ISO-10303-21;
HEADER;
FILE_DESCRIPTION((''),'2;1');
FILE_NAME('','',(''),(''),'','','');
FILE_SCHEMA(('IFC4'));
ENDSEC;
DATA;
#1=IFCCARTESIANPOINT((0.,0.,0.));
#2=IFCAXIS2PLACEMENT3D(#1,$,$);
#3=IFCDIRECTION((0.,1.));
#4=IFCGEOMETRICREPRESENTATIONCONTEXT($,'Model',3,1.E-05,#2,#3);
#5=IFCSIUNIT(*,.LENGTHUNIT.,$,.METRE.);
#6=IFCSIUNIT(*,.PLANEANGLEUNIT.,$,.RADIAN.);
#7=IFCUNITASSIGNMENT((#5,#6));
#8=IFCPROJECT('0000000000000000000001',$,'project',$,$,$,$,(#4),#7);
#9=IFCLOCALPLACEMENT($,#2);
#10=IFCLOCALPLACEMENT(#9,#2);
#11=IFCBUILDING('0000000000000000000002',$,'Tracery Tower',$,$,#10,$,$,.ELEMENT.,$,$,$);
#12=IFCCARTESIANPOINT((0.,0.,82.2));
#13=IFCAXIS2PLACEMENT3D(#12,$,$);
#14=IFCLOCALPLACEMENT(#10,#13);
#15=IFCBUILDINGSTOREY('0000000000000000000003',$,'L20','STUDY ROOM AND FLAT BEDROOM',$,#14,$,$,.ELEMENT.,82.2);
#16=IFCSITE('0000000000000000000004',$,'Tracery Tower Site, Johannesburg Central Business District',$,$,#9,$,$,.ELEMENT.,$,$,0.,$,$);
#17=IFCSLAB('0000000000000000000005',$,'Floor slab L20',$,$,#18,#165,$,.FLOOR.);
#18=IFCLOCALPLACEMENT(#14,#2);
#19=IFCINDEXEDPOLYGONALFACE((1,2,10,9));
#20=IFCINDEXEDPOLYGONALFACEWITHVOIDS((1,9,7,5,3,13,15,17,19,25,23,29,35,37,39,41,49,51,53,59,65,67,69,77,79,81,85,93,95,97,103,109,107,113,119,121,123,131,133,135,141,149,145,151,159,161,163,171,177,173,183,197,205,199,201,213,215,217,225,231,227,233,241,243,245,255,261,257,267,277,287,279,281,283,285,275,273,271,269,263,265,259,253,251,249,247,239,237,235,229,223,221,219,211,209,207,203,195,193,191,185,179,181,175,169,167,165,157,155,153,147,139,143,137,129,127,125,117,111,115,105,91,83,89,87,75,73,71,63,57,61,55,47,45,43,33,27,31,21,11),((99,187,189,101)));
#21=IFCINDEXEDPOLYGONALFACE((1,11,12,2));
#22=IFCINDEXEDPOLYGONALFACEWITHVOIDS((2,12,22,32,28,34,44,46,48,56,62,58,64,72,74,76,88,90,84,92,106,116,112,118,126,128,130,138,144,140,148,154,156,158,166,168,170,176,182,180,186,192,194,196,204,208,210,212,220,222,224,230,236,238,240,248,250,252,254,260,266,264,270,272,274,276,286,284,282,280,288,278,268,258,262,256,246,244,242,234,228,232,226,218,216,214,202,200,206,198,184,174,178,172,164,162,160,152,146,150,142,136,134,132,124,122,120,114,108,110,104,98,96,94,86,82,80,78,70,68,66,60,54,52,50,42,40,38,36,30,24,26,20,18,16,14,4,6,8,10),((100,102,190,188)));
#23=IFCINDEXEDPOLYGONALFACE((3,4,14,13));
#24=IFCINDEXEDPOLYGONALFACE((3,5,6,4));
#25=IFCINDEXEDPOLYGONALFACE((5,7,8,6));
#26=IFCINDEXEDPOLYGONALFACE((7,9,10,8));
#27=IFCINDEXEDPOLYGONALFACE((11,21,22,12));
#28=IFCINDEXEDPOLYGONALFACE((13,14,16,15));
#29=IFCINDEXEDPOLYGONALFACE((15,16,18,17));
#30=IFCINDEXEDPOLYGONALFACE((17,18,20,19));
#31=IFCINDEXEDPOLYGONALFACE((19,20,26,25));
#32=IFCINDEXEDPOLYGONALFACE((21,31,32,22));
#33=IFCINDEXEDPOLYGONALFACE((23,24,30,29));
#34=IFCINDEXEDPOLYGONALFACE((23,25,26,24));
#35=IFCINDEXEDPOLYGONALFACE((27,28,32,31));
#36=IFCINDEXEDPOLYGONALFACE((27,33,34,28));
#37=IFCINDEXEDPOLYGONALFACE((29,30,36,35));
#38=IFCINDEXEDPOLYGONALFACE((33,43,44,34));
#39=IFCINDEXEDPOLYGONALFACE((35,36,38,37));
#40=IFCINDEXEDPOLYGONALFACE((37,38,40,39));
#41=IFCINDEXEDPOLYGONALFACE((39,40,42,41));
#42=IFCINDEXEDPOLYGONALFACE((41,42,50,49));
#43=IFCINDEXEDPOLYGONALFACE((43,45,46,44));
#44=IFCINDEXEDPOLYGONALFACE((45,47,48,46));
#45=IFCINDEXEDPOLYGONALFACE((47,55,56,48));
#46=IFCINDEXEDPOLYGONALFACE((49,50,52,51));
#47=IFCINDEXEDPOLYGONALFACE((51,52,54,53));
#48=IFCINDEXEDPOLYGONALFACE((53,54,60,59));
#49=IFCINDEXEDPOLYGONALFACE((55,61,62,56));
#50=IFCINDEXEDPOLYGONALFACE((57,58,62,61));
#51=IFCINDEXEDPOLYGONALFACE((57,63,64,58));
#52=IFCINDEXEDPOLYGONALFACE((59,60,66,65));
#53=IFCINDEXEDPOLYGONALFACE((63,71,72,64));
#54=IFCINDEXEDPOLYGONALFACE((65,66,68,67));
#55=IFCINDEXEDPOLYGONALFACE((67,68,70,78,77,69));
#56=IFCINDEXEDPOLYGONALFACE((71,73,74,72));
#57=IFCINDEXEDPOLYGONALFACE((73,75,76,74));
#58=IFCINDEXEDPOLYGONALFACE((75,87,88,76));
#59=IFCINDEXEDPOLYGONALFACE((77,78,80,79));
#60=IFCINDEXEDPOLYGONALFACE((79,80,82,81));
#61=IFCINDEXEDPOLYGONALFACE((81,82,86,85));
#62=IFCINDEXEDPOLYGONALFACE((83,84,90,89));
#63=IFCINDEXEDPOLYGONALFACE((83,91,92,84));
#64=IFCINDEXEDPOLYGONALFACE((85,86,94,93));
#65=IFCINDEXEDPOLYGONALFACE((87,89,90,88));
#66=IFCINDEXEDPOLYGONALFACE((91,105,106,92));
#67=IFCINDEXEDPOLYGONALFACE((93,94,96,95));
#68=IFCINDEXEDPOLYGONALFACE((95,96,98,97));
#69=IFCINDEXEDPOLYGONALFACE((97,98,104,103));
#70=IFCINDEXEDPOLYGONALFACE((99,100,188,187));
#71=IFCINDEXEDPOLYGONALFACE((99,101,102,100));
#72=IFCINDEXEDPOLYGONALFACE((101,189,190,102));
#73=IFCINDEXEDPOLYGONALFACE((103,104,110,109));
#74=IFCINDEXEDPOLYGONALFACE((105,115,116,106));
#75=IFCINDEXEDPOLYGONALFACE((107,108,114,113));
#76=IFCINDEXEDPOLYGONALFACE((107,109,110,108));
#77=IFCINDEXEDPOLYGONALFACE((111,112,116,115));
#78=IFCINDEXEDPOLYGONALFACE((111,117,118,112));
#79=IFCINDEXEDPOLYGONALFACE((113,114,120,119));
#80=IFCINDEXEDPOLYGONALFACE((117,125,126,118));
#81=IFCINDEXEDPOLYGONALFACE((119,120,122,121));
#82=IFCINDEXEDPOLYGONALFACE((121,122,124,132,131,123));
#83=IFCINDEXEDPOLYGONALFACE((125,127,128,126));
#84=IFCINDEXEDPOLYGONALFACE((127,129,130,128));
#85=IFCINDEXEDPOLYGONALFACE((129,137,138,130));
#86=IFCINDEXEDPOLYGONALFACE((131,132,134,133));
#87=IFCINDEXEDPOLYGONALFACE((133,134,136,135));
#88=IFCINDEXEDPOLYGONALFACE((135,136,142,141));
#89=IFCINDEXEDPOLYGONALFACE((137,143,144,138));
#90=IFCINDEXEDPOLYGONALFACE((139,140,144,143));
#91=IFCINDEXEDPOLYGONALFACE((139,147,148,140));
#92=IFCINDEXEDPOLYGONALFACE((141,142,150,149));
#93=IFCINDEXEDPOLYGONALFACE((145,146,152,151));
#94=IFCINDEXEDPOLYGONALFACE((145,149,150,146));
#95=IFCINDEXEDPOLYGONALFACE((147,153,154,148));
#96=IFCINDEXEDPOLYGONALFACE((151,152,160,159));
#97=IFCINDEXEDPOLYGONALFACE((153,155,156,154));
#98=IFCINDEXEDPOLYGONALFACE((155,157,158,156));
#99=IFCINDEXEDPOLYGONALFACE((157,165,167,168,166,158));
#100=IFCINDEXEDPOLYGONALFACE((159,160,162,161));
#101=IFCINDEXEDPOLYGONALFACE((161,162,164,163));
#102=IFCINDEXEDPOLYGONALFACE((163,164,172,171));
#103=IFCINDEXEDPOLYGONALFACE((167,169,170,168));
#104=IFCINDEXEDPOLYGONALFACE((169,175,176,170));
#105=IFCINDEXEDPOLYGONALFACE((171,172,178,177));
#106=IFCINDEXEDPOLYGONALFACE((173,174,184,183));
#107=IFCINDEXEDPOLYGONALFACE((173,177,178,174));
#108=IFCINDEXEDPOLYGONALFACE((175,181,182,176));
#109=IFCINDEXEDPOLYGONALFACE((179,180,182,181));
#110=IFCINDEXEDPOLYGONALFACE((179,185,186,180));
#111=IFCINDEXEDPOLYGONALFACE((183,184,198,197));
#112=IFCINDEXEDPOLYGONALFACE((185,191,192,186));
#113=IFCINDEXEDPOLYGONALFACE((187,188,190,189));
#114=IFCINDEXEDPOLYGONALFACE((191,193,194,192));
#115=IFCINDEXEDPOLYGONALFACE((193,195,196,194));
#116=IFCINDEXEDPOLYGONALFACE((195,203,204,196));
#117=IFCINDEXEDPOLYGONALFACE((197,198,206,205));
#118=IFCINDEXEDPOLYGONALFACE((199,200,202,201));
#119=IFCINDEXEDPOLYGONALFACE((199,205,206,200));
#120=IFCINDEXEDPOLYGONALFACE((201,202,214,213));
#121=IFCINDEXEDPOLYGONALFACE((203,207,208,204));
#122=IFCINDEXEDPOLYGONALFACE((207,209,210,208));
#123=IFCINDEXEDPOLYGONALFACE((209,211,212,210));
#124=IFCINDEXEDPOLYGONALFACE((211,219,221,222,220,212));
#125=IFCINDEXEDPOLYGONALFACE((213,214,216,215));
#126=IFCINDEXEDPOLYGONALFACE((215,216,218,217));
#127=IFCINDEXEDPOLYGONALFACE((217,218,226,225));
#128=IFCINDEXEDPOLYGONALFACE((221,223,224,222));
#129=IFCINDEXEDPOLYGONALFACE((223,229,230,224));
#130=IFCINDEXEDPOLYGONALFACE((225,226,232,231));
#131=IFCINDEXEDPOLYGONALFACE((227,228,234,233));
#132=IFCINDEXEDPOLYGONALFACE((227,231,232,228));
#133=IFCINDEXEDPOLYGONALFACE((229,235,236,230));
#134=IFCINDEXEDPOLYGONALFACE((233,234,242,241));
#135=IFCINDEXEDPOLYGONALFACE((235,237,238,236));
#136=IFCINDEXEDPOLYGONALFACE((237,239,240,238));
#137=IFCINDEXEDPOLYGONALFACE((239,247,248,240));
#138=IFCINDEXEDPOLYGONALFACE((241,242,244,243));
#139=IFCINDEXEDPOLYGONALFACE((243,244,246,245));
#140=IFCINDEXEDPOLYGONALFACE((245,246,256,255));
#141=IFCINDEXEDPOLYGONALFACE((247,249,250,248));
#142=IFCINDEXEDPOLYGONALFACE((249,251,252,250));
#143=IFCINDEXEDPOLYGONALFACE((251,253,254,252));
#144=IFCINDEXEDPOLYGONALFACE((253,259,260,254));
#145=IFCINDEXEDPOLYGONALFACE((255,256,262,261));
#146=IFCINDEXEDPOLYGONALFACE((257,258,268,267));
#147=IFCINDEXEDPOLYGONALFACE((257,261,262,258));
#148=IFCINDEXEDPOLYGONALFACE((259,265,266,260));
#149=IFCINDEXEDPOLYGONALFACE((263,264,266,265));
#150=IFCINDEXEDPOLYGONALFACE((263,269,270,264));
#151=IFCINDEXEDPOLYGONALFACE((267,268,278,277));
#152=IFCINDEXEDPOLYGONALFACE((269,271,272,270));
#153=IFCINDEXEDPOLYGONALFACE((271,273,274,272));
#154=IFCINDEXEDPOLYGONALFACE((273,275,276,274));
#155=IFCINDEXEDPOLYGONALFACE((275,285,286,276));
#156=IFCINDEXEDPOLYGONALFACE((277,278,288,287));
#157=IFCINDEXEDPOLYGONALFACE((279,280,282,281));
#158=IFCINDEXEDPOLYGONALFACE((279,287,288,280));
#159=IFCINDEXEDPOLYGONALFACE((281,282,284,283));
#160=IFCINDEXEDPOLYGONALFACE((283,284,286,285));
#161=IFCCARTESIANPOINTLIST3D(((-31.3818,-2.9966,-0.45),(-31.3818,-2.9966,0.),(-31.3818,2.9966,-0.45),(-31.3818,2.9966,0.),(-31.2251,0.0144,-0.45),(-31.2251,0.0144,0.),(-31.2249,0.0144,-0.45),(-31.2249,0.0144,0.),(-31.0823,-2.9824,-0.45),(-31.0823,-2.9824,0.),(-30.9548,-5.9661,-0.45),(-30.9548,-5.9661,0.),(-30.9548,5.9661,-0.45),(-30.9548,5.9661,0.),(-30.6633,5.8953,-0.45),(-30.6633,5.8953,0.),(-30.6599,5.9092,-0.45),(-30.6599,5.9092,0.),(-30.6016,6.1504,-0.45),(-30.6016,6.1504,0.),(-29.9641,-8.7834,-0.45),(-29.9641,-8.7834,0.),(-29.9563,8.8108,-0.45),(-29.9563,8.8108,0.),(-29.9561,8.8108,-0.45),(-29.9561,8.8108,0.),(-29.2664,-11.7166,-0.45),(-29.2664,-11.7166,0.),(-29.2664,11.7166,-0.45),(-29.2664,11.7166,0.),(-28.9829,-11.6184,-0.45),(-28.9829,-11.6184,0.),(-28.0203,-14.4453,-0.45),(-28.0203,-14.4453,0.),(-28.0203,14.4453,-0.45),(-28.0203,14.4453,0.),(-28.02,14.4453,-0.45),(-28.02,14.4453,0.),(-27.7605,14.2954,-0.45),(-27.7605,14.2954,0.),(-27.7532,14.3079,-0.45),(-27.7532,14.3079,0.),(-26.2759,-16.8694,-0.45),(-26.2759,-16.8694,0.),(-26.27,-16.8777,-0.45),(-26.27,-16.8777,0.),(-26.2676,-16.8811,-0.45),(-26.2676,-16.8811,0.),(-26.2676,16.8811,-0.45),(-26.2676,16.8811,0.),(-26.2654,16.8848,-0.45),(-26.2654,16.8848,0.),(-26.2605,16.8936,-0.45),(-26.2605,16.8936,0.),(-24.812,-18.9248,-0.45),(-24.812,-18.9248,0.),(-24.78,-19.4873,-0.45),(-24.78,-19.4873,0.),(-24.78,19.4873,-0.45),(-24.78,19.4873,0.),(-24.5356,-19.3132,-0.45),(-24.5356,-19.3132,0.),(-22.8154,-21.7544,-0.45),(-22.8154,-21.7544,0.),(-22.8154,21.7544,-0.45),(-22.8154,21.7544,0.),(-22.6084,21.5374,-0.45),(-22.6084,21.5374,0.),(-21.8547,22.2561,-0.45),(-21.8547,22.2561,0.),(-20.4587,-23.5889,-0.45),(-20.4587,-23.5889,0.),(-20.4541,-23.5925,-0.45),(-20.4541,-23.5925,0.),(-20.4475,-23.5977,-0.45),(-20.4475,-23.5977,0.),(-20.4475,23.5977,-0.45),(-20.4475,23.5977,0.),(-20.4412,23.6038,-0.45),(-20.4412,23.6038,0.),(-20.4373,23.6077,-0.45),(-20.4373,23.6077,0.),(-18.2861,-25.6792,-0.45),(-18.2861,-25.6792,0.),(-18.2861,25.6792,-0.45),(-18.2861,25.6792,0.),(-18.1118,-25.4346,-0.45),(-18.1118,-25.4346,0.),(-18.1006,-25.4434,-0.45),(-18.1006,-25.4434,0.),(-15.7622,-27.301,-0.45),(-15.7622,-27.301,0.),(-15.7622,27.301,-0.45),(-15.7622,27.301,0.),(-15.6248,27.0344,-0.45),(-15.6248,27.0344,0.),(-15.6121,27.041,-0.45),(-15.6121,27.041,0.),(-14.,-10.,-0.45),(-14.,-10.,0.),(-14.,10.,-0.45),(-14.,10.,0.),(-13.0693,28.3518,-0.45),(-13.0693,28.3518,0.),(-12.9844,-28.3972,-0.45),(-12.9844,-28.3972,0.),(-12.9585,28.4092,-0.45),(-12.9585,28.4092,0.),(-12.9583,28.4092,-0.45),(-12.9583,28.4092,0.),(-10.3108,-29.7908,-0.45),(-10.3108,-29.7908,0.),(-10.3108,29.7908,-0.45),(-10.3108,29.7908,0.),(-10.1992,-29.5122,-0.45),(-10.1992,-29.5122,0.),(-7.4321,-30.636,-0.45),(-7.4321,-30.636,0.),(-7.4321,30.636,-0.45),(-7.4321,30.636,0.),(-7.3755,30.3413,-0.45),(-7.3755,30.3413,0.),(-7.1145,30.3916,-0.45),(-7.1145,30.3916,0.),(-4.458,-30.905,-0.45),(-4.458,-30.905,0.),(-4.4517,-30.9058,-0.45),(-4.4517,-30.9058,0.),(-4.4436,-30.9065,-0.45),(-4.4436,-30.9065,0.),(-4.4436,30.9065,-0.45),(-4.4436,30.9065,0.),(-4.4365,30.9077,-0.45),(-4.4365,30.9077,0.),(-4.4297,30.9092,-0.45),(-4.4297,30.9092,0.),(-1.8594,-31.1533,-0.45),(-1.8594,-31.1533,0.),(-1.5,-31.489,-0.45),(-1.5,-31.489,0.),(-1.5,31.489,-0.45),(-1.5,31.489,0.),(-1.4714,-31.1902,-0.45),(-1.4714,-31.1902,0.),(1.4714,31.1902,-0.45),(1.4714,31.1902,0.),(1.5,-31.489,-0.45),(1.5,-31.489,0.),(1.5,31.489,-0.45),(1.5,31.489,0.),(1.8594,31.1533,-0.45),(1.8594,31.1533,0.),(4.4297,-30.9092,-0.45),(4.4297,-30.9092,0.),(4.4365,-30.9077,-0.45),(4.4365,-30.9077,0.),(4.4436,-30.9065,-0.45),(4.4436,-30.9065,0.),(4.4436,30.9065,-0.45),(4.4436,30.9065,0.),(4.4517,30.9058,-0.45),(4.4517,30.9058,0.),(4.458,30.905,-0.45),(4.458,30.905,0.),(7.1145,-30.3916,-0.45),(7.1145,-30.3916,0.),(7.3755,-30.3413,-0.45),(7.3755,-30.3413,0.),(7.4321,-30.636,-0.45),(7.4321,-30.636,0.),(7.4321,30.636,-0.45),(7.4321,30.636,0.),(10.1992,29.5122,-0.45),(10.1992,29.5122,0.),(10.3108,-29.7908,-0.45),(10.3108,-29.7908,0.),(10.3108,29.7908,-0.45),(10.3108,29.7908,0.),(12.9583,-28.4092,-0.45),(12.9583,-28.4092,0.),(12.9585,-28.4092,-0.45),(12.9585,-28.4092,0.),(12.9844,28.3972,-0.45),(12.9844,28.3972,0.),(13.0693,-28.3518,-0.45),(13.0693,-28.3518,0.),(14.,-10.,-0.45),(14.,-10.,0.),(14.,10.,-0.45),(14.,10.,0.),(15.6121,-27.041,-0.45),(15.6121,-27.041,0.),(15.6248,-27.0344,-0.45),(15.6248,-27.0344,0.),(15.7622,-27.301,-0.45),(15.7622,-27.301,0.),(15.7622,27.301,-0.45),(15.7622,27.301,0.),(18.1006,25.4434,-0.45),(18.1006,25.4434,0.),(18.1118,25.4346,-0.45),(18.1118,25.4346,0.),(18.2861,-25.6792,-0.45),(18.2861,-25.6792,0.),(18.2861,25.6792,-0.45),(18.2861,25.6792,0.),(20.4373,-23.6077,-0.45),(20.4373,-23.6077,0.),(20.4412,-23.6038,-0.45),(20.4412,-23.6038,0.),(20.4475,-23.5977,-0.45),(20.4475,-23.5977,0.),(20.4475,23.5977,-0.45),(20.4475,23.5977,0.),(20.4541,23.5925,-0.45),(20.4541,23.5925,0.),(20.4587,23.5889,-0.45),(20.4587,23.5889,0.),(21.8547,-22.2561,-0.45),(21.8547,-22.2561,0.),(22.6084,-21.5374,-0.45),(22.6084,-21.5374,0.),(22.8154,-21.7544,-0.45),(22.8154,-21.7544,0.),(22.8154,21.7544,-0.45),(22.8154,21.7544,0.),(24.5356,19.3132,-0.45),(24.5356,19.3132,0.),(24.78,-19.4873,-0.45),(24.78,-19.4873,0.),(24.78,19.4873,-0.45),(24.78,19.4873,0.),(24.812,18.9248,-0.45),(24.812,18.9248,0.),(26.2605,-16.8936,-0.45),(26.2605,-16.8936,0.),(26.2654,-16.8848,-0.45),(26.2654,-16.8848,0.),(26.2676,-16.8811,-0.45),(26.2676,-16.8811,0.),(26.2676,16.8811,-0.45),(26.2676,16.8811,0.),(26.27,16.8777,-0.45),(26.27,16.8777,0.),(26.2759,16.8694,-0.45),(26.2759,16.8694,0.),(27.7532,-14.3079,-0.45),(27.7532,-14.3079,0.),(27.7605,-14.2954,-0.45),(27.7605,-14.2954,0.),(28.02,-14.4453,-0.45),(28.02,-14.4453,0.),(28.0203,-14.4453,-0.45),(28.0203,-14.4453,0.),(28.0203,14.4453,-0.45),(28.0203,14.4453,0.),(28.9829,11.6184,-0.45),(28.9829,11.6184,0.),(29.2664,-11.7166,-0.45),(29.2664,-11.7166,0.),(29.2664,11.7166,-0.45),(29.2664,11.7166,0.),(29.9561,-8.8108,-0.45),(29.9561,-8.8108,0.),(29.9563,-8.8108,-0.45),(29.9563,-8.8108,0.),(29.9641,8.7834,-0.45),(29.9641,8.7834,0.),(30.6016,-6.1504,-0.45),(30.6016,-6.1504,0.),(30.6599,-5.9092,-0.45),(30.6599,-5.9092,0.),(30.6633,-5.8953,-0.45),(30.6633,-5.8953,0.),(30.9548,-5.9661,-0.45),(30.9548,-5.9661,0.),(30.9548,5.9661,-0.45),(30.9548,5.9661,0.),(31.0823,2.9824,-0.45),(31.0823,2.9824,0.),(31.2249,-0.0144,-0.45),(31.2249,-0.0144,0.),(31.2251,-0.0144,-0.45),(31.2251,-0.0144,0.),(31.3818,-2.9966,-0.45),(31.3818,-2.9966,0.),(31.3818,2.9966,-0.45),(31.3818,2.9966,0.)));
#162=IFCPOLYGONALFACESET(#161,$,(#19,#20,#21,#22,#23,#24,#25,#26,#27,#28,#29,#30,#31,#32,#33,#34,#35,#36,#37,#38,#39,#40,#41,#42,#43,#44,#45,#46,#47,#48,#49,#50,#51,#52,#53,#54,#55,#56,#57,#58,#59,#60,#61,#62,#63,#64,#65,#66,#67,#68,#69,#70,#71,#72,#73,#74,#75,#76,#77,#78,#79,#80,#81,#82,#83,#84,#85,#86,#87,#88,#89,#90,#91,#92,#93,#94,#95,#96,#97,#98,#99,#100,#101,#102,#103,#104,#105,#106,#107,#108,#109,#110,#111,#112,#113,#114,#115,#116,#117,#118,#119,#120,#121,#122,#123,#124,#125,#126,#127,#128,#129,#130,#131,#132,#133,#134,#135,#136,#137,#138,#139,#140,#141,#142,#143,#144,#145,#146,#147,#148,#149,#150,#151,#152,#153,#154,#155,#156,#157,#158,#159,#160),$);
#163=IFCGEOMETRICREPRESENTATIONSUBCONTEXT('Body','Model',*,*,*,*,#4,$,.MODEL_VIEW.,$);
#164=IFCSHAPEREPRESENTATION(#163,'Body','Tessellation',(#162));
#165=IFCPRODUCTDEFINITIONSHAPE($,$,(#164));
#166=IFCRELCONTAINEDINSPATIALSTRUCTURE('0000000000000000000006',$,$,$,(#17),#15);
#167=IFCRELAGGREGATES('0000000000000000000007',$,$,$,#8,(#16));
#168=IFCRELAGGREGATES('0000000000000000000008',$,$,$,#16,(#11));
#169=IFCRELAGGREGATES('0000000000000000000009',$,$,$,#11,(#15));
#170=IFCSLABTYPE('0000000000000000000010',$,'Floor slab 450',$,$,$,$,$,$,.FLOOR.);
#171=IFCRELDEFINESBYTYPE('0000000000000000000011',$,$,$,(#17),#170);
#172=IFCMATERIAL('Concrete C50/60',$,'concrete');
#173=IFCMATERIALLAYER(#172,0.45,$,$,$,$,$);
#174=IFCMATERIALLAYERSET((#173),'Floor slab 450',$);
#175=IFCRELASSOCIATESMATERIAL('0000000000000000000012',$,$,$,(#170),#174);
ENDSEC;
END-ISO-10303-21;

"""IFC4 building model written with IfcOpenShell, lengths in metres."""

from ifc_helpers import new_model, si_unit, direction, frame, origin, place, context, subcontext, project, spatial, polyline, outline, extrude, material, layer, layer_set, type_object, element, save


model = new_model("IFC4")

# Units and contexts
model_context = context("Model", 3, precision=1e-05, world=origin(), true_north=direction((0.0, 1.0)))
body_context = subcontext(model_context, "Body", "Model", "MODEL_VIEW")
ifc_project = project(units=[si_unit("LENGTHUNIT", "METRE"), si_unit("PLANEANGLEUNIT", "RADIAN")], contexts=[model_context])

# Site, building, storey
site_placement = place(None, origin())
site = spatial("IfcSite", under=ifc_project, at=site_placement, Name="Tracery Tower Site, Johannesburg Central Business District", CompositionType="ELEMENT", RefElevation=0.0)
building_placement = place(site_placement, origin())
building = spatial("IfcBuilding", under=site, at=building_placement, Name="Tracery Tower", CompositionType="ELEMENT")
storey_placement = place(building_placement, frame((0.0, 0.0, 82.2)))
storey = spatial("IfcBuildingStorey", under=building, at=storey_placement, Name="L20", Description="STUDY ROOM AND FLAT BEDROOM", CompositionType="ELEMENT", Elevation=82.2)

# Slab
ifc_material_1 = material(Name="Concrete C50/60", Category="concrete")
ifc_layer_1 = layer(ifc_material_1, 0.45)
ifc_layer_set_1 = layer_set([ifc_layer_1], Name="Floor slab 450")
slab_type_1 = type_object("IfcSlabType", Name="Floor slab 450", PredefinedType="FLOOR", material=ifc_layer_set_1)
slab_1_placement = place(storey_placement, frame((0.0, 0.0, -0.45)))
element("IfcSlab", 1, at=slab_1_placement, inside=storey, type_object=slab_type_1, Name="Floor slab L20", PredefinedType="FLOOR", context=body_context, shape_type="SweptSolid", body=[
    extrude(outline(polyline([(29.9641, 8.7834), (29.9641, 8.7834), (28.9829, 11.6184), (29.2664, 11.7166), (28.0203, 14.4453), (26.2759, 16.8694), (26.2759, 16.8694), (26.27, 16.8777), (26.2676, 16.8811), (24.812, 18.9248), (24.5356, 19.3132), (24.78, 19.4873), (22.8154, 21.7544), (20.4587, 23.5889), (20.4587, 23.5889), (20.4541, 23.5925), (20.4475, 23.5977), (18.1118, 25.4346), (18.1118, 25.4346), (18.1006, 25.4434), (18.2861, 25.6792), (15.7622, 27.301), (12.9844, 28.3972), (12.9844, 28.3972), (10.1992, 29.5122), (10.3108, 29.7908), (7.4321, 30.636), (4.458, 30.905), (4.458, 30.905), (4.4517, 30.9058), (4.4436, 30.9065), (1.8594, 31.1533), (1.4714, 31.1902), (1.5, 31.489), (1.5, 31.489), (-1.5, 31.489), (-4.4297, 30.9092), (-4.4297, 30.9092), (-4.4365, 30.9077), (-4.4436, 30.9065), (-7.1145, 30.3916), (-7.3755, 30.3413), (-7.4321, 30.636), (-10.3108, 29.7908), (-12.9585, 28.4092), (-12.9583, 28.4092), (-13.0693, 28.3518), (-15.6121, 27.041), (-15.6121, 27.041), (-15.6248, 27.0344), (-15.7622, 27.301), (-15.7622, 27.301), (-18.2861, 25.6792), (-20.4373, 23.6077), (-20.4373, 23.6077), (-20.4412, 23.6038), (-20.4475, 23.5977), (-21.8547, 22.2561), (-22.6084, 21.5374), (-22.8154, 21.7544), (-24.78, 19.4873), (-26.2605, 16.8936), (-26.2605, 16.8936), (-26.2654, 16.8848), (-26.2676, 16.8811), (-27.7532, 14.3079), (-27.7532, 14.3079), (-27.7605, 14.2954), (-28.02, 14.4453), (-28.0203, 14.4453), (-29.2664, 11.7166), (-29.9563, 8.8108), (-29.9561, 8.8108), (-30.6016, 6.1504), (-30.6599, 5.9092), (-30.6599, 5.9092), (-30.6633, 5.8953), (-30.9548, 5.9661), (-31.3818, 2.9966), (-31.2251, 0.0144), (-31.2249, 0.0144), (-31.0823, -2.9824), (-31.3818, -2.9966), (-30.9548, -5.9661), (-29.9641, -8.7834), (-29.9641, -8.7834), (-28.9829, -11.6184), (-29.2664, -11.7166), (-28.0203, -14.4453), (-26.2759, -16.8694), (-26.2759, -16.8694), (-26.27, -16.8777), (-26.2676, -16.8811), (-24.812, -18.9248), (-24.5356, -19.3132), (-24.78, -19.4873), (-22.8154, -21.7544), (-20.4587, -23.5889), (-20.4587, -23.5889), (-20.4541, -23.5925), (-20.4475, -23.5977), (-18.1118, -25.4346), (-18.1118, -25.4346), (-18.1006, -25.4434), (-18.2861, -25.6792), (-15.7622, -27.301), (-12.9844, -28.3972), (-12.9844, -28.3972), (-10.1992, -29.5122), (-10.3108, -29.7908), (-7.4321, -30.636), (-4.458, -30.905), (-4.458, -30.905), (-4.4517, -30.9058), (-4.4436, -30.9065), (-1.8594, -31.1533), (-1.4714, -31.1902), (-1.5, -31.489), (-1.5, -31.489), (1.5, -31.489), (4.4297, -30.9092), (4.4297, -30.9092), (4.4365, -30.9077), (4.4436, -30.9065), (7.1145, -30.3916), (7.3755, -30.3413), (7.4321, -30.636), (10.3108, -29.7908), (12.9585, -28.4092), (12.9583, -28.4092), (13.0693, -28.3518), (15.6121, -27.041), (15.6121, -27.041), (15.6248, -27.0344), (15.7622, -27.301), (15.7622, -27.301), (18.2861, -25.6792), (20.4373, -23.6077), (20.4373, -23.6077), (20.4412, -23.6038), (20.4475, -23.5977), (21.8547, -22.2561), (22.6084, -21.5374), (22.8154, -21.7544), (24.78, -19.4873), (26.2605, -16.8936), (26.2605, -16.8936), (26.2654, -16.8848), (26.2676, -16.8811), (27.7532, -14.3079), (27.7532, -14.3079), (27.7605, -14.2954), (28.02, -14.4453), (28.0203, -14.4453), (29.2664, -11.7166), (29.9563, -8.8108), (29.9561, -8.8108), (30.6016, -6.1504), (30.6599, -5.9092), (30.6599, -5.9092), (30.6633, -5.8953), (30.9548, -5.9661), (31.3818, -2.9966), (31.2251, -0.0144), (31.2249, -0.0144), (31.0823, 2.9824), (31.3818, 2.9966), (30.9548, 5.9661), (29.9641, 8.7834)]), holes=[polyline([(-14.0, -10.0), (14.0, -10.0), (14.0, 10.0), (-14.0, 10.0), (-14.0, -10.0)])]), origin(), (0.0, 0.0, 1.0), 0.45),
])

save(model, "model.ifc")
